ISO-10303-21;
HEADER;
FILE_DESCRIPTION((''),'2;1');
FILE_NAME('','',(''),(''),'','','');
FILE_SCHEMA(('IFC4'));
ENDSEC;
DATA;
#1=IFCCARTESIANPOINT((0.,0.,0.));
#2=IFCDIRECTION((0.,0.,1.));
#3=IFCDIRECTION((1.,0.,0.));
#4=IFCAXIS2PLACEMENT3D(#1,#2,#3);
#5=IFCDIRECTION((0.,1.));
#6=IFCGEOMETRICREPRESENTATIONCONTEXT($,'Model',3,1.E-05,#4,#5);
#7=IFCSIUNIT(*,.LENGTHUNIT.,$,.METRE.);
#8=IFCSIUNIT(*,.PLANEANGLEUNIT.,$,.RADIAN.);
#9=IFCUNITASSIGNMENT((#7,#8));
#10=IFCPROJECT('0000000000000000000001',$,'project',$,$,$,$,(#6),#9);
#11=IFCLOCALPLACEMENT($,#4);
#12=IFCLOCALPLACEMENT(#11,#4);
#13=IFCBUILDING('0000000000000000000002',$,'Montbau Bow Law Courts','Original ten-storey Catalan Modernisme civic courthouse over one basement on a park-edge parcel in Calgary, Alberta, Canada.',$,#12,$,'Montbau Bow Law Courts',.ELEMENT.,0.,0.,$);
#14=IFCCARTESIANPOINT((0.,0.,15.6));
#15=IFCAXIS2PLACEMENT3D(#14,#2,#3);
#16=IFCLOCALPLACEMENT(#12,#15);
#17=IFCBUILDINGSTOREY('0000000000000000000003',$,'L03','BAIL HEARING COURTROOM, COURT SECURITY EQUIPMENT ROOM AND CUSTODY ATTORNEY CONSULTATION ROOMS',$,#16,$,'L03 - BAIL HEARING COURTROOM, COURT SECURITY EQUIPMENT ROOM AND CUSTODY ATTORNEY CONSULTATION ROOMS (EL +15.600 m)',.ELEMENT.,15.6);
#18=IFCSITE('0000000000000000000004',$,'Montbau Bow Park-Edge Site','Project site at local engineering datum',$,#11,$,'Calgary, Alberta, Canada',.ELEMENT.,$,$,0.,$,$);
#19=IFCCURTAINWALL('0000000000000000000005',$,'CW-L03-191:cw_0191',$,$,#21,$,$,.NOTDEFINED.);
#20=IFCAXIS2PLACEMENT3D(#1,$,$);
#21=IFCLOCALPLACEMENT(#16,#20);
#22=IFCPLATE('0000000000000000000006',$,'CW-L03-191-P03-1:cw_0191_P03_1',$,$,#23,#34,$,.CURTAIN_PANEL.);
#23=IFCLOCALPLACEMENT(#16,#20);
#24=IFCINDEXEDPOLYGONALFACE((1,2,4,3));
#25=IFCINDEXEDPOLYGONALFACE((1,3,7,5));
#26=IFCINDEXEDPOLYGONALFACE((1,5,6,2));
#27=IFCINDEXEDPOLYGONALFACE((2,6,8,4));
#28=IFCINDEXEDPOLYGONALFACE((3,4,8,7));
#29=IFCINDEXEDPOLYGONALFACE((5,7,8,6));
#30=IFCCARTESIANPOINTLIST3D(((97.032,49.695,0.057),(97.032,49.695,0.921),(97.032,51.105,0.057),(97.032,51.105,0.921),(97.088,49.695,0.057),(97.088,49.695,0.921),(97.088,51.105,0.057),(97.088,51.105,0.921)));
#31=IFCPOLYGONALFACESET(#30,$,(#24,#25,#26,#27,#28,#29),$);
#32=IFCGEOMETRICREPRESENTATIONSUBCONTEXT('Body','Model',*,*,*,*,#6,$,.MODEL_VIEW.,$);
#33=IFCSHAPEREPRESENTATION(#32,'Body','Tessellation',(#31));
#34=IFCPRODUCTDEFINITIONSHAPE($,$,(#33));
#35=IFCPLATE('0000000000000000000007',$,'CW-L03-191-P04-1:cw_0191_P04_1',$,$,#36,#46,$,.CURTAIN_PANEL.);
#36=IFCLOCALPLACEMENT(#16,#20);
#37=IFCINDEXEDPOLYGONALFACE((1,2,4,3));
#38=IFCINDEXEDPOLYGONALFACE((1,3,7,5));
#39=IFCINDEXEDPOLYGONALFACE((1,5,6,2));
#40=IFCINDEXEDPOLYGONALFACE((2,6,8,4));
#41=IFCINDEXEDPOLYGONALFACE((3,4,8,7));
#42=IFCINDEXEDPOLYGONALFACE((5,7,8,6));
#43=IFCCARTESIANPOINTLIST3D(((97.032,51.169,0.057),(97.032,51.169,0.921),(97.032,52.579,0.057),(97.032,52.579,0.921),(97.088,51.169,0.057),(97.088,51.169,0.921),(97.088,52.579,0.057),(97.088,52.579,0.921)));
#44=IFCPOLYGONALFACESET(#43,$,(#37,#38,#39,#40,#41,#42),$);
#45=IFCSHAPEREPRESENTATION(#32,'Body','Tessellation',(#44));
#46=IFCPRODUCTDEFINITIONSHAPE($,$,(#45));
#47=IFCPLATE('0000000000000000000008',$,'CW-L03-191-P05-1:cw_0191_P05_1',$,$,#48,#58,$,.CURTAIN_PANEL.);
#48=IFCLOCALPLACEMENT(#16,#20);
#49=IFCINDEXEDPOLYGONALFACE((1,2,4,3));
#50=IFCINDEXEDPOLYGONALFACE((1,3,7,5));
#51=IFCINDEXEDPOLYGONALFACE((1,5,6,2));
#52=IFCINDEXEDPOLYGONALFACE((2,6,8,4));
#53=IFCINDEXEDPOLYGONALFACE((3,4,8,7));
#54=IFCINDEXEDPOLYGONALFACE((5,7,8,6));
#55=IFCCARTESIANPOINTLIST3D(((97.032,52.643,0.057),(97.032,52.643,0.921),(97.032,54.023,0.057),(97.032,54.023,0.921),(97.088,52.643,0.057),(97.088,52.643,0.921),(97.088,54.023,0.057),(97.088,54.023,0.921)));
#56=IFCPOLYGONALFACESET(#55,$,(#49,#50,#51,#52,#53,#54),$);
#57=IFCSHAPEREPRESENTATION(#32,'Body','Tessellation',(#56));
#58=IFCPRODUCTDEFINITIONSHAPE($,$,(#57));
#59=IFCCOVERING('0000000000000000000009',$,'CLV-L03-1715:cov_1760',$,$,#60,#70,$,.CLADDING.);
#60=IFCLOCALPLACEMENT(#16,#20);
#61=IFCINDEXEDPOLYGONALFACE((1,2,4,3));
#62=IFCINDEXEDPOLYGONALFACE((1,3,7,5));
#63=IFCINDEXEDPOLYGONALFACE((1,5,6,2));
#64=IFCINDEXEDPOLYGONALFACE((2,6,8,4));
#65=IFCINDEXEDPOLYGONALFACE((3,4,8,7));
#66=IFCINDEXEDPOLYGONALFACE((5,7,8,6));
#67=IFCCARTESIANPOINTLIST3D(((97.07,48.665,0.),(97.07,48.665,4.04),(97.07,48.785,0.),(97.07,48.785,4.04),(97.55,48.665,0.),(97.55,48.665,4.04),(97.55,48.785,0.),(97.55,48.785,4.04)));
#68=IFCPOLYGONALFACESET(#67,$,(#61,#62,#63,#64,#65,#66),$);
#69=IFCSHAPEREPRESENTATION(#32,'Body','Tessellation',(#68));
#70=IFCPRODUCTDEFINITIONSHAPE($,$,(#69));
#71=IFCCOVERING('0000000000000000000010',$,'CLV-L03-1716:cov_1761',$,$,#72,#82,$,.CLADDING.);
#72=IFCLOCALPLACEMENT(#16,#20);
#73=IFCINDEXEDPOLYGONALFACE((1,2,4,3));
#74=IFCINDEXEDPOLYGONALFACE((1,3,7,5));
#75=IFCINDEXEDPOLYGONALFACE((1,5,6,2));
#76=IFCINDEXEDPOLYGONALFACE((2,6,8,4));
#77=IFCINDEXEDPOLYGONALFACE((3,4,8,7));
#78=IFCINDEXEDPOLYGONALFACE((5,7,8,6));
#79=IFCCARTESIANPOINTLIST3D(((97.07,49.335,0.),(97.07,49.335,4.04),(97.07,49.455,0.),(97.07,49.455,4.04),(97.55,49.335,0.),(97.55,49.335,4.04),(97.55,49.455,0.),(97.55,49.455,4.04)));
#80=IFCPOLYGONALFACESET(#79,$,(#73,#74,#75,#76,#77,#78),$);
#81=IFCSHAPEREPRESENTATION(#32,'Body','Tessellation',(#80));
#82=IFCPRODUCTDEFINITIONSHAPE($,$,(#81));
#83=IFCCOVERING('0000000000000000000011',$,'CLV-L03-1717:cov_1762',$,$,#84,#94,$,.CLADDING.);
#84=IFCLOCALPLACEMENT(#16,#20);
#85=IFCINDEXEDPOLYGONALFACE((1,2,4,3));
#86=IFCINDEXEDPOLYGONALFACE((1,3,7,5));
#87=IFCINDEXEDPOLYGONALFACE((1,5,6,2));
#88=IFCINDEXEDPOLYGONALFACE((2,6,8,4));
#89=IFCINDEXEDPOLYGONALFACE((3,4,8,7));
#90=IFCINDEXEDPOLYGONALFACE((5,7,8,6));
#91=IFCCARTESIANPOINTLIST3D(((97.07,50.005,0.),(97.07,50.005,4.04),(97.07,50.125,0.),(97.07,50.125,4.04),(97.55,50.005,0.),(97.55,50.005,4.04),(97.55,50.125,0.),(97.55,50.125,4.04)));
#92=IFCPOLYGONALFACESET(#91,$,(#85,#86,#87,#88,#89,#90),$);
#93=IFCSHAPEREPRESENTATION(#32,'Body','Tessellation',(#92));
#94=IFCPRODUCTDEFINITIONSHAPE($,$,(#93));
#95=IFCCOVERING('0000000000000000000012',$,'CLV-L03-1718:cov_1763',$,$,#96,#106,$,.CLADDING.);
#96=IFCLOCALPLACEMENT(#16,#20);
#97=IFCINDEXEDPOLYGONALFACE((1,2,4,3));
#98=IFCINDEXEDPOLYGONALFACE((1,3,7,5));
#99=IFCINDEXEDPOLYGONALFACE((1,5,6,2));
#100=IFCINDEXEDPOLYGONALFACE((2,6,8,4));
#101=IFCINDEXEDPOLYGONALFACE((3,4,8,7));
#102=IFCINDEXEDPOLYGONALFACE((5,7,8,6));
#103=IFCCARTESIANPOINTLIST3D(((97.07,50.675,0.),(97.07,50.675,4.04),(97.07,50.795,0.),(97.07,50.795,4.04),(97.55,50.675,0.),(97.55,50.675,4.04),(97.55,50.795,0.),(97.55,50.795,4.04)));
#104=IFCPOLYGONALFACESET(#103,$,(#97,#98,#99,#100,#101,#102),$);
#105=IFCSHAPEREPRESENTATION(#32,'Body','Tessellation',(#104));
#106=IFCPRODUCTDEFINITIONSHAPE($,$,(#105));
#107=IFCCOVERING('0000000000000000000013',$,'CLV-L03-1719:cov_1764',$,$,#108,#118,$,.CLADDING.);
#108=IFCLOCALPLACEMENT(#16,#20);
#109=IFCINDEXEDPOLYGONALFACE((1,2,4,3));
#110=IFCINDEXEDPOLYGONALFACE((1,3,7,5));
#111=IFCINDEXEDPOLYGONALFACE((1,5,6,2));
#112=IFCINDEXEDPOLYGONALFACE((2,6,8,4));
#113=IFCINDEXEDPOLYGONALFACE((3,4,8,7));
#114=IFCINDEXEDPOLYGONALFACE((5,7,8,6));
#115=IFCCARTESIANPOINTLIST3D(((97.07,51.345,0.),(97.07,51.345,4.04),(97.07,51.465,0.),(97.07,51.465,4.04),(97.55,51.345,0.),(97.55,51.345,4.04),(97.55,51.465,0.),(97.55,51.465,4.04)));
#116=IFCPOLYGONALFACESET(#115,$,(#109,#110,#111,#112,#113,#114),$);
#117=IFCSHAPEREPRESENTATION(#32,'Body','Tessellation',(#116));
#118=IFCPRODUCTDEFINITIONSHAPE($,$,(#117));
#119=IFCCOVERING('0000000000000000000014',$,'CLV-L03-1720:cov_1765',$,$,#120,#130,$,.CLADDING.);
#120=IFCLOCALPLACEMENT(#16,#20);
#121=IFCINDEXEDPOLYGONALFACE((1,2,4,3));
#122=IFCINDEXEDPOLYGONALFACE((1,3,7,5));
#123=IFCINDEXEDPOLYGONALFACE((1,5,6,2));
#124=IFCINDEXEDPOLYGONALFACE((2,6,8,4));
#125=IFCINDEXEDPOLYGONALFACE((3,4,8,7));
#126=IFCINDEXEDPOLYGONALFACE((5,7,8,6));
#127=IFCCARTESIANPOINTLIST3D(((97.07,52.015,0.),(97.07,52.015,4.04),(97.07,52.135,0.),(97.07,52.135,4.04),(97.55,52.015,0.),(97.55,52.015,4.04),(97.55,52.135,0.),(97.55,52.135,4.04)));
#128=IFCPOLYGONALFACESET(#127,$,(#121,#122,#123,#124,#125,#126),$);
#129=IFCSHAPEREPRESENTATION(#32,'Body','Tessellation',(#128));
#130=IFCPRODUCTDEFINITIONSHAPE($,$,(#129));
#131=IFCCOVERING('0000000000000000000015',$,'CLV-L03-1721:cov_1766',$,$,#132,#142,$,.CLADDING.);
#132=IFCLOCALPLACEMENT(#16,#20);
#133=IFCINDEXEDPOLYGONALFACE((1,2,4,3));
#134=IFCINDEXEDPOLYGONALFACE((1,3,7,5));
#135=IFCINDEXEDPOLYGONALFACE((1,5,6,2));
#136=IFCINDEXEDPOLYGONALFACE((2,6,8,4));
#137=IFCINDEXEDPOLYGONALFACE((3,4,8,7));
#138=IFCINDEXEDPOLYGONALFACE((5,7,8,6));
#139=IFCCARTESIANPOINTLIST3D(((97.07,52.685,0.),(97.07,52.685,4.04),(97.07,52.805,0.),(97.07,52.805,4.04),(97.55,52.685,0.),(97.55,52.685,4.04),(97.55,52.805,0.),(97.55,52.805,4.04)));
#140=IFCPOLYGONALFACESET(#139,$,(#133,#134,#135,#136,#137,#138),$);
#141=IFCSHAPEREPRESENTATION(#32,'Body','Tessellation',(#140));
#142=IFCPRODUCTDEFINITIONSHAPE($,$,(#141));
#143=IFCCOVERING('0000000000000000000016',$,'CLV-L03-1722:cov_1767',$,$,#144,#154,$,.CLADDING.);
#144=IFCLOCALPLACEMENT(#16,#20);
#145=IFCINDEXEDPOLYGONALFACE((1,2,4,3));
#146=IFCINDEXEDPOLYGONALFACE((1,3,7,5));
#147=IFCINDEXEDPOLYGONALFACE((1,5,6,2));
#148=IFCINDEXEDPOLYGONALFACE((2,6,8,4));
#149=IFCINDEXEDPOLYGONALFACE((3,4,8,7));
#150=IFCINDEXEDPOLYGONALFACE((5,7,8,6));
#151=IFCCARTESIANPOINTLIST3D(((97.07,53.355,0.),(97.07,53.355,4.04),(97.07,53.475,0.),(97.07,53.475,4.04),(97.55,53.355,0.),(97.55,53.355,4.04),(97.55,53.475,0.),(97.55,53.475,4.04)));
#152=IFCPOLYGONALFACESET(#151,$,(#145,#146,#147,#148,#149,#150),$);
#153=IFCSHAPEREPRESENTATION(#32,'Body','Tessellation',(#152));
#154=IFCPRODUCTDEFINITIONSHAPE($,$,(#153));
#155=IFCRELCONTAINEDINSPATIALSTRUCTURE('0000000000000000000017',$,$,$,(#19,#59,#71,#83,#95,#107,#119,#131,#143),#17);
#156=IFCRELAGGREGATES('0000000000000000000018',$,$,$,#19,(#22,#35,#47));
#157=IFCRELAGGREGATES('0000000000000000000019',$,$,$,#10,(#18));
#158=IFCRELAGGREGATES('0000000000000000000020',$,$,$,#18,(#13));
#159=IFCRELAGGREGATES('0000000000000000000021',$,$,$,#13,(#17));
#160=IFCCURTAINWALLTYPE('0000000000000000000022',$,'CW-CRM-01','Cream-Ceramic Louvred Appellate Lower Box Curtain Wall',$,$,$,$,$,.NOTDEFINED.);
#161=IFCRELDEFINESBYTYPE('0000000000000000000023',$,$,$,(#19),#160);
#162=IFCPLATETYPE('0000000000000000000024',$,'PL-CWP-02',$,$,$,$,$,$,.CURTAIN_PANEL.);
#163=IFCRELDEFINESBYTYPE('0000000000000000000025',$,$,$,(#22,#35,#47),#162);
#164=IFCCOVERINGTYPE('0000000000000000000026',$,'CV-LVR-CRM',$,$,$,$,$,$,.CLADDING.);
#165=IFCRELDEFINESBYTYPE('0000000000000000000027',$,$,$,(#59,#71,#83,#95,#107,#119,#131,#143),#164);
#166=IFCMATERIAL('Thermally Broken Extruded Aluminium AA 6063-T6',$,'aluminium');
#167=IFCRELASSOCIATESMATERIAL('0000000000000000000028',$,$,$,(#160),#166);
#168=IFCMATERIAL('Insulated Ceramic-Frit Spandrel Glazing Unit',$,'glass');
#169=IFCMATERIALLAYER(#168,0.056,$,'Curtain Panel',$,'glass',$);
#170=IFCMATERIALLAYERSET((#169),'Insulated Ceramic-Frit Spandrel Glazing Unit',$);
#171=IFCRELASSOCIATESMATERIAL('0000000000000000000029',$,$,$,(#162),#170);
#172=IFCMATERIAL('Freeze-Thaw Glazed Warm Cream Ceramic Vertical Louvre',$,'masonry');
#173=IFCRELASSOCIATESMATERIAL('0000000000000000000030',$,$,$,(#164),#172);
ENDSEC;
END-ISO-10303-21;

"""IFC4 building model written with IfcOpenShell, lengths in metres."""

from ifc_helpers import new_model, si_unit, direction, frame, frame_2d, origin_with_axes, place, context, subcontext, project, spatial, rectangle, extrude, material, layer, layer_set, type_object, element, aggregate, save


model = new_model("IFC4")

# Units and contexts
model_context = context("Model", 3, precision=1e-05, world=origin_with_axes(), true_north=direction((0.0, 1.0)))
body_context = subcontext(model_context, "Body", "Model", "MODEL_VIEW")
ifc_project = project(units=[si_unit("LENGTHUNIT", "METRE"), si_unit("PLANEANGLEUNIT", "RADIAN")], contexts=[model_context])

# Site, building, storey
site_placement = place(None, origin_with_axes())
site = spatial("IfcSite", under=ifc_project, at=site_placement, Name="Montbau Bow Park-Edge Site", Description="Project site at local engineering datum", LongName="Calgary, Alberta, Canada", CompositionType="ELEMENT", RefElevation=0.0)
building_placement = place(site_placement, origin_with_axes())
building = spatial("IfcBuilding", under=site, at=building_placement, Name="Montbau Bow Law Courts", Description="Original ten-storey Catalan Modernisme civic courthouse over one basement on a park-edge parcel in Calgary, Alberta, Canada.", LongName="Montbau Bow Law Courts", CompositionType="ELEMENT", ElevationOfRefHeight=0.0, ElevationOfTerrain=0.0)
storey_placement = place(building_placement, frame((0.0, 0.0, 15.6), z_axis=(0.0, 0.0, 1.0), x_axis=(1.0, 0.0, 0.0)))
storey = spatial("IfcBuildingStorey", under=building, at=storey_placement, Name="L03", Description="BAIL HEARING COURTROOM, COURT SECURITY EQUIPMENT ROOM AND CUSTODY ATTORNEY CONSULTATION ROOMS", LongName="L03 - BAIL HEARING COURTROOM, COURT SECURITY EQUIPMENT ROOM AND CUSTODY ATTORNEY CONSULTATION ROOMS (EL +15.600 m)", CompositionType="ELEMENT", Elevation=15.6)

# Curtain wall, plates
ifc_material_1 = material(Name="Thermally Broken Extruded Aluminium AA 6063-T6", Category="aluminium")
curtain_wall_type = type_object("IfcCurtainWallType", Name="CW-CRM-01", Description="Cream-Ceramic Louvred Appellate Lower Box Curtain Wall", PredefinedType="NOTDEFINED", material=ifc_material_1)
curtain_wall_placement = place(None, frame((97.06, 46.715, 15.6), z_axis=(0.0, 0.0, 1.0), x_axis=(1.0, 0.0, 0.0)))
curtain_wall = element("IfcCurtainWall", 1, at=curtain_wall_placement, inside=storey, type_object=curtain_wall_type, Name="CW-L03-191:cw_0191", PredefinedType="NOTDEFINED")
ifc_material_2 = material(Name="Insulated Ceramic-Frit Spandrel Glazing Unit", Category="glass")
ifc_layer_1 = layer(ifc_material_2, 0.056, Name="Curtain Panel", Category="glass")
ifc_layer_set_1 = layer_set([ifc_layer_1], Name="Insulated Ceramic-Frit Spandrel Glazing Unit")
plate_type_1 = type_object("IfcPlateType", Name="PL-CWP-02", PredefinedType="CURTAIN_PANEL", material=ifc_layer_set_1)
plate_1_placement = place(None, frame((97.06, 49.695, 15.657), z_axis=(1.0, 0.0, 0.0), x_axis=(0.0, 1.0, 0.0)))
plate_1 = element("IfcPlate", 2, at=plate_1_placement, type_object=plate_type_1, Name="CW-L03-191-P03-1:cw_0191_P03_1", PredefinedType="CURTAIN_PANEL", context=body_context, shape_type="SweptSolid", body=[
    extrude(rectangle(XDim=1.41, YDim=0.864, at=frame_2d((0.705, 0.432), x_axis=(1.0, 0.0))), frame((0.0, 0.0, -0.028), z_axis=(0.0, 0.0, 1.0), x_axis=(1.0, 0.0, 0.0)), (0.0, 0.0, 1.0), 0.056),
])
plate_2_placement = place(None, frame((97.06, 51.169, 15.657), z_axis=(1.0, 0.0, 0.0), x_axis=(0.0, 1.0, 0.0)))
plate_2 = element("IfcPlate", 3, at=plate_2_placement, type_object=plate_type_1, Name="CW-L03-191-P04-1:cw_0191_P04_1", PredefinedType="CURTAIN_PANEL", context=body_context, shape_type="SweptSolid", body=[
    extrude(rectangle(XDim=1.41, YDim=0.864, at=frame_2d((0.705, 0.432), x_axis=(1.0, 0.0))), frame((0.0, 0.0, -0.028), z_axis=(0.0, 0.0, 1.0), x_axis=(1.0, 0.0, 0.0)), (0.0, 0.0, 1.0), 0.056),
])
plate_3_placement = place(None, frame((97.06, 52.643, 15.657), z_axis=(1.0, 0.0, 0.0), x_axis=(0.0, 1.0, 0.0)))
plate_3 = element("IfcPlate", 4, at=plate_3_placement, type_object=plate_type_1, Name="CW-L03-191-P05-1:cw_0191_P05_1", PredefinedType="CURTAIN_PANEL", context=body_context, shape_type="SweptSolid", body=[
    extrude(rectangle(XDim=1.38, YDim=0.864, at=frame_2d((0.69, 0.432), x_axis=(1.0, 0.0))), frame((0.0, 0.0, -0.028), z_axis=(0.0, 0.0, 1.0), x_axis=(1.0, 0.0, 0.0)), (0.0, 0.0, 1.0), 0.056),
])
aggregate(curtain_wall, [plate_1, plate_2, plate_3])

# Coverings
ifc_material_3 = material(Name="Freeze-Thaw Glazed Warm Cream Ceramic Vertical Louvre", Category="masonry")
covering_type = type_object("IfcCoveringType", Name="CV-LVR-CRM", PredefinedType="CLADDING", material=ifc_material_3)
for number, where, z_axis, x_axis, name in (
    (5, (97.07, 48.725, 15.6), (0.0, -1.0, 0.0), (1.0, 0.0, 0.0), "CLV-L03-1715:cov_1760"),
    (6, (97.07, 49.395, 15.6), (0.0, -1.0, 0.0), (1.0, 0.0, 0.0), "CLV-L03-1716:cov_1761"),
    (7, (97.07, 50.065, 15.6), (0.0, -1.0, 0.0), (1.0, 0.0, 0.0), "CLV-L03-1717:cov_1762"),
    (8, (97.07, 50.735, 15.6), (0.0, -1.0, 0.0), (1.0, 0.0, 0.0), "CLV-L03-1718:cov_1763"),
    (9, (97.07, 51.405, 15.6), (0.0, -1.0, 0.0), (1.0, 0.0, 0.0), "CLV-L03-1719:cov_1764"),
    (10, (97.07, 52.075, 15.6), (0.0, -1.0, 0.0), (1.0, 0.0, 0.0), "CLV-L03-1720:cov_1765"),
    (11, (97.07, 52.745, 15.6), (0.0, -1.0, 0.0), (1.0, 0.0, 0.0), "CLV-L03-1721:cov_1766"),
    (12, (97.07, 53.415, 15.6), (0.0, -1.0, 0.0), (1.0, 0.0, 0.0), "CLV-L03-1722:cov_1767"),
):
    element("IfcCovering", number, at=place(None, frame(where, z_axis=z_axis, x_axis=x_axis)), inside=storey, type_object=covering_type, Name=name, PredefinedType="CLADDING", context=body_context, shape_type="SweptSolid", body=[
        extrude(rectangle(XDim=0.48, YDim=4.04, at=frame_2d((0.24, 2.02), x_axis=(1.0, 0.0))), frame((0.0, 0.0, -0.06), z_axis=(0.0, 0.0, 1.0), x_axis=(1.0, 0.0, 0.0)), (0.0, 0.0, 1.0), 0.12),
    ])

save(model, "model.ifc")
